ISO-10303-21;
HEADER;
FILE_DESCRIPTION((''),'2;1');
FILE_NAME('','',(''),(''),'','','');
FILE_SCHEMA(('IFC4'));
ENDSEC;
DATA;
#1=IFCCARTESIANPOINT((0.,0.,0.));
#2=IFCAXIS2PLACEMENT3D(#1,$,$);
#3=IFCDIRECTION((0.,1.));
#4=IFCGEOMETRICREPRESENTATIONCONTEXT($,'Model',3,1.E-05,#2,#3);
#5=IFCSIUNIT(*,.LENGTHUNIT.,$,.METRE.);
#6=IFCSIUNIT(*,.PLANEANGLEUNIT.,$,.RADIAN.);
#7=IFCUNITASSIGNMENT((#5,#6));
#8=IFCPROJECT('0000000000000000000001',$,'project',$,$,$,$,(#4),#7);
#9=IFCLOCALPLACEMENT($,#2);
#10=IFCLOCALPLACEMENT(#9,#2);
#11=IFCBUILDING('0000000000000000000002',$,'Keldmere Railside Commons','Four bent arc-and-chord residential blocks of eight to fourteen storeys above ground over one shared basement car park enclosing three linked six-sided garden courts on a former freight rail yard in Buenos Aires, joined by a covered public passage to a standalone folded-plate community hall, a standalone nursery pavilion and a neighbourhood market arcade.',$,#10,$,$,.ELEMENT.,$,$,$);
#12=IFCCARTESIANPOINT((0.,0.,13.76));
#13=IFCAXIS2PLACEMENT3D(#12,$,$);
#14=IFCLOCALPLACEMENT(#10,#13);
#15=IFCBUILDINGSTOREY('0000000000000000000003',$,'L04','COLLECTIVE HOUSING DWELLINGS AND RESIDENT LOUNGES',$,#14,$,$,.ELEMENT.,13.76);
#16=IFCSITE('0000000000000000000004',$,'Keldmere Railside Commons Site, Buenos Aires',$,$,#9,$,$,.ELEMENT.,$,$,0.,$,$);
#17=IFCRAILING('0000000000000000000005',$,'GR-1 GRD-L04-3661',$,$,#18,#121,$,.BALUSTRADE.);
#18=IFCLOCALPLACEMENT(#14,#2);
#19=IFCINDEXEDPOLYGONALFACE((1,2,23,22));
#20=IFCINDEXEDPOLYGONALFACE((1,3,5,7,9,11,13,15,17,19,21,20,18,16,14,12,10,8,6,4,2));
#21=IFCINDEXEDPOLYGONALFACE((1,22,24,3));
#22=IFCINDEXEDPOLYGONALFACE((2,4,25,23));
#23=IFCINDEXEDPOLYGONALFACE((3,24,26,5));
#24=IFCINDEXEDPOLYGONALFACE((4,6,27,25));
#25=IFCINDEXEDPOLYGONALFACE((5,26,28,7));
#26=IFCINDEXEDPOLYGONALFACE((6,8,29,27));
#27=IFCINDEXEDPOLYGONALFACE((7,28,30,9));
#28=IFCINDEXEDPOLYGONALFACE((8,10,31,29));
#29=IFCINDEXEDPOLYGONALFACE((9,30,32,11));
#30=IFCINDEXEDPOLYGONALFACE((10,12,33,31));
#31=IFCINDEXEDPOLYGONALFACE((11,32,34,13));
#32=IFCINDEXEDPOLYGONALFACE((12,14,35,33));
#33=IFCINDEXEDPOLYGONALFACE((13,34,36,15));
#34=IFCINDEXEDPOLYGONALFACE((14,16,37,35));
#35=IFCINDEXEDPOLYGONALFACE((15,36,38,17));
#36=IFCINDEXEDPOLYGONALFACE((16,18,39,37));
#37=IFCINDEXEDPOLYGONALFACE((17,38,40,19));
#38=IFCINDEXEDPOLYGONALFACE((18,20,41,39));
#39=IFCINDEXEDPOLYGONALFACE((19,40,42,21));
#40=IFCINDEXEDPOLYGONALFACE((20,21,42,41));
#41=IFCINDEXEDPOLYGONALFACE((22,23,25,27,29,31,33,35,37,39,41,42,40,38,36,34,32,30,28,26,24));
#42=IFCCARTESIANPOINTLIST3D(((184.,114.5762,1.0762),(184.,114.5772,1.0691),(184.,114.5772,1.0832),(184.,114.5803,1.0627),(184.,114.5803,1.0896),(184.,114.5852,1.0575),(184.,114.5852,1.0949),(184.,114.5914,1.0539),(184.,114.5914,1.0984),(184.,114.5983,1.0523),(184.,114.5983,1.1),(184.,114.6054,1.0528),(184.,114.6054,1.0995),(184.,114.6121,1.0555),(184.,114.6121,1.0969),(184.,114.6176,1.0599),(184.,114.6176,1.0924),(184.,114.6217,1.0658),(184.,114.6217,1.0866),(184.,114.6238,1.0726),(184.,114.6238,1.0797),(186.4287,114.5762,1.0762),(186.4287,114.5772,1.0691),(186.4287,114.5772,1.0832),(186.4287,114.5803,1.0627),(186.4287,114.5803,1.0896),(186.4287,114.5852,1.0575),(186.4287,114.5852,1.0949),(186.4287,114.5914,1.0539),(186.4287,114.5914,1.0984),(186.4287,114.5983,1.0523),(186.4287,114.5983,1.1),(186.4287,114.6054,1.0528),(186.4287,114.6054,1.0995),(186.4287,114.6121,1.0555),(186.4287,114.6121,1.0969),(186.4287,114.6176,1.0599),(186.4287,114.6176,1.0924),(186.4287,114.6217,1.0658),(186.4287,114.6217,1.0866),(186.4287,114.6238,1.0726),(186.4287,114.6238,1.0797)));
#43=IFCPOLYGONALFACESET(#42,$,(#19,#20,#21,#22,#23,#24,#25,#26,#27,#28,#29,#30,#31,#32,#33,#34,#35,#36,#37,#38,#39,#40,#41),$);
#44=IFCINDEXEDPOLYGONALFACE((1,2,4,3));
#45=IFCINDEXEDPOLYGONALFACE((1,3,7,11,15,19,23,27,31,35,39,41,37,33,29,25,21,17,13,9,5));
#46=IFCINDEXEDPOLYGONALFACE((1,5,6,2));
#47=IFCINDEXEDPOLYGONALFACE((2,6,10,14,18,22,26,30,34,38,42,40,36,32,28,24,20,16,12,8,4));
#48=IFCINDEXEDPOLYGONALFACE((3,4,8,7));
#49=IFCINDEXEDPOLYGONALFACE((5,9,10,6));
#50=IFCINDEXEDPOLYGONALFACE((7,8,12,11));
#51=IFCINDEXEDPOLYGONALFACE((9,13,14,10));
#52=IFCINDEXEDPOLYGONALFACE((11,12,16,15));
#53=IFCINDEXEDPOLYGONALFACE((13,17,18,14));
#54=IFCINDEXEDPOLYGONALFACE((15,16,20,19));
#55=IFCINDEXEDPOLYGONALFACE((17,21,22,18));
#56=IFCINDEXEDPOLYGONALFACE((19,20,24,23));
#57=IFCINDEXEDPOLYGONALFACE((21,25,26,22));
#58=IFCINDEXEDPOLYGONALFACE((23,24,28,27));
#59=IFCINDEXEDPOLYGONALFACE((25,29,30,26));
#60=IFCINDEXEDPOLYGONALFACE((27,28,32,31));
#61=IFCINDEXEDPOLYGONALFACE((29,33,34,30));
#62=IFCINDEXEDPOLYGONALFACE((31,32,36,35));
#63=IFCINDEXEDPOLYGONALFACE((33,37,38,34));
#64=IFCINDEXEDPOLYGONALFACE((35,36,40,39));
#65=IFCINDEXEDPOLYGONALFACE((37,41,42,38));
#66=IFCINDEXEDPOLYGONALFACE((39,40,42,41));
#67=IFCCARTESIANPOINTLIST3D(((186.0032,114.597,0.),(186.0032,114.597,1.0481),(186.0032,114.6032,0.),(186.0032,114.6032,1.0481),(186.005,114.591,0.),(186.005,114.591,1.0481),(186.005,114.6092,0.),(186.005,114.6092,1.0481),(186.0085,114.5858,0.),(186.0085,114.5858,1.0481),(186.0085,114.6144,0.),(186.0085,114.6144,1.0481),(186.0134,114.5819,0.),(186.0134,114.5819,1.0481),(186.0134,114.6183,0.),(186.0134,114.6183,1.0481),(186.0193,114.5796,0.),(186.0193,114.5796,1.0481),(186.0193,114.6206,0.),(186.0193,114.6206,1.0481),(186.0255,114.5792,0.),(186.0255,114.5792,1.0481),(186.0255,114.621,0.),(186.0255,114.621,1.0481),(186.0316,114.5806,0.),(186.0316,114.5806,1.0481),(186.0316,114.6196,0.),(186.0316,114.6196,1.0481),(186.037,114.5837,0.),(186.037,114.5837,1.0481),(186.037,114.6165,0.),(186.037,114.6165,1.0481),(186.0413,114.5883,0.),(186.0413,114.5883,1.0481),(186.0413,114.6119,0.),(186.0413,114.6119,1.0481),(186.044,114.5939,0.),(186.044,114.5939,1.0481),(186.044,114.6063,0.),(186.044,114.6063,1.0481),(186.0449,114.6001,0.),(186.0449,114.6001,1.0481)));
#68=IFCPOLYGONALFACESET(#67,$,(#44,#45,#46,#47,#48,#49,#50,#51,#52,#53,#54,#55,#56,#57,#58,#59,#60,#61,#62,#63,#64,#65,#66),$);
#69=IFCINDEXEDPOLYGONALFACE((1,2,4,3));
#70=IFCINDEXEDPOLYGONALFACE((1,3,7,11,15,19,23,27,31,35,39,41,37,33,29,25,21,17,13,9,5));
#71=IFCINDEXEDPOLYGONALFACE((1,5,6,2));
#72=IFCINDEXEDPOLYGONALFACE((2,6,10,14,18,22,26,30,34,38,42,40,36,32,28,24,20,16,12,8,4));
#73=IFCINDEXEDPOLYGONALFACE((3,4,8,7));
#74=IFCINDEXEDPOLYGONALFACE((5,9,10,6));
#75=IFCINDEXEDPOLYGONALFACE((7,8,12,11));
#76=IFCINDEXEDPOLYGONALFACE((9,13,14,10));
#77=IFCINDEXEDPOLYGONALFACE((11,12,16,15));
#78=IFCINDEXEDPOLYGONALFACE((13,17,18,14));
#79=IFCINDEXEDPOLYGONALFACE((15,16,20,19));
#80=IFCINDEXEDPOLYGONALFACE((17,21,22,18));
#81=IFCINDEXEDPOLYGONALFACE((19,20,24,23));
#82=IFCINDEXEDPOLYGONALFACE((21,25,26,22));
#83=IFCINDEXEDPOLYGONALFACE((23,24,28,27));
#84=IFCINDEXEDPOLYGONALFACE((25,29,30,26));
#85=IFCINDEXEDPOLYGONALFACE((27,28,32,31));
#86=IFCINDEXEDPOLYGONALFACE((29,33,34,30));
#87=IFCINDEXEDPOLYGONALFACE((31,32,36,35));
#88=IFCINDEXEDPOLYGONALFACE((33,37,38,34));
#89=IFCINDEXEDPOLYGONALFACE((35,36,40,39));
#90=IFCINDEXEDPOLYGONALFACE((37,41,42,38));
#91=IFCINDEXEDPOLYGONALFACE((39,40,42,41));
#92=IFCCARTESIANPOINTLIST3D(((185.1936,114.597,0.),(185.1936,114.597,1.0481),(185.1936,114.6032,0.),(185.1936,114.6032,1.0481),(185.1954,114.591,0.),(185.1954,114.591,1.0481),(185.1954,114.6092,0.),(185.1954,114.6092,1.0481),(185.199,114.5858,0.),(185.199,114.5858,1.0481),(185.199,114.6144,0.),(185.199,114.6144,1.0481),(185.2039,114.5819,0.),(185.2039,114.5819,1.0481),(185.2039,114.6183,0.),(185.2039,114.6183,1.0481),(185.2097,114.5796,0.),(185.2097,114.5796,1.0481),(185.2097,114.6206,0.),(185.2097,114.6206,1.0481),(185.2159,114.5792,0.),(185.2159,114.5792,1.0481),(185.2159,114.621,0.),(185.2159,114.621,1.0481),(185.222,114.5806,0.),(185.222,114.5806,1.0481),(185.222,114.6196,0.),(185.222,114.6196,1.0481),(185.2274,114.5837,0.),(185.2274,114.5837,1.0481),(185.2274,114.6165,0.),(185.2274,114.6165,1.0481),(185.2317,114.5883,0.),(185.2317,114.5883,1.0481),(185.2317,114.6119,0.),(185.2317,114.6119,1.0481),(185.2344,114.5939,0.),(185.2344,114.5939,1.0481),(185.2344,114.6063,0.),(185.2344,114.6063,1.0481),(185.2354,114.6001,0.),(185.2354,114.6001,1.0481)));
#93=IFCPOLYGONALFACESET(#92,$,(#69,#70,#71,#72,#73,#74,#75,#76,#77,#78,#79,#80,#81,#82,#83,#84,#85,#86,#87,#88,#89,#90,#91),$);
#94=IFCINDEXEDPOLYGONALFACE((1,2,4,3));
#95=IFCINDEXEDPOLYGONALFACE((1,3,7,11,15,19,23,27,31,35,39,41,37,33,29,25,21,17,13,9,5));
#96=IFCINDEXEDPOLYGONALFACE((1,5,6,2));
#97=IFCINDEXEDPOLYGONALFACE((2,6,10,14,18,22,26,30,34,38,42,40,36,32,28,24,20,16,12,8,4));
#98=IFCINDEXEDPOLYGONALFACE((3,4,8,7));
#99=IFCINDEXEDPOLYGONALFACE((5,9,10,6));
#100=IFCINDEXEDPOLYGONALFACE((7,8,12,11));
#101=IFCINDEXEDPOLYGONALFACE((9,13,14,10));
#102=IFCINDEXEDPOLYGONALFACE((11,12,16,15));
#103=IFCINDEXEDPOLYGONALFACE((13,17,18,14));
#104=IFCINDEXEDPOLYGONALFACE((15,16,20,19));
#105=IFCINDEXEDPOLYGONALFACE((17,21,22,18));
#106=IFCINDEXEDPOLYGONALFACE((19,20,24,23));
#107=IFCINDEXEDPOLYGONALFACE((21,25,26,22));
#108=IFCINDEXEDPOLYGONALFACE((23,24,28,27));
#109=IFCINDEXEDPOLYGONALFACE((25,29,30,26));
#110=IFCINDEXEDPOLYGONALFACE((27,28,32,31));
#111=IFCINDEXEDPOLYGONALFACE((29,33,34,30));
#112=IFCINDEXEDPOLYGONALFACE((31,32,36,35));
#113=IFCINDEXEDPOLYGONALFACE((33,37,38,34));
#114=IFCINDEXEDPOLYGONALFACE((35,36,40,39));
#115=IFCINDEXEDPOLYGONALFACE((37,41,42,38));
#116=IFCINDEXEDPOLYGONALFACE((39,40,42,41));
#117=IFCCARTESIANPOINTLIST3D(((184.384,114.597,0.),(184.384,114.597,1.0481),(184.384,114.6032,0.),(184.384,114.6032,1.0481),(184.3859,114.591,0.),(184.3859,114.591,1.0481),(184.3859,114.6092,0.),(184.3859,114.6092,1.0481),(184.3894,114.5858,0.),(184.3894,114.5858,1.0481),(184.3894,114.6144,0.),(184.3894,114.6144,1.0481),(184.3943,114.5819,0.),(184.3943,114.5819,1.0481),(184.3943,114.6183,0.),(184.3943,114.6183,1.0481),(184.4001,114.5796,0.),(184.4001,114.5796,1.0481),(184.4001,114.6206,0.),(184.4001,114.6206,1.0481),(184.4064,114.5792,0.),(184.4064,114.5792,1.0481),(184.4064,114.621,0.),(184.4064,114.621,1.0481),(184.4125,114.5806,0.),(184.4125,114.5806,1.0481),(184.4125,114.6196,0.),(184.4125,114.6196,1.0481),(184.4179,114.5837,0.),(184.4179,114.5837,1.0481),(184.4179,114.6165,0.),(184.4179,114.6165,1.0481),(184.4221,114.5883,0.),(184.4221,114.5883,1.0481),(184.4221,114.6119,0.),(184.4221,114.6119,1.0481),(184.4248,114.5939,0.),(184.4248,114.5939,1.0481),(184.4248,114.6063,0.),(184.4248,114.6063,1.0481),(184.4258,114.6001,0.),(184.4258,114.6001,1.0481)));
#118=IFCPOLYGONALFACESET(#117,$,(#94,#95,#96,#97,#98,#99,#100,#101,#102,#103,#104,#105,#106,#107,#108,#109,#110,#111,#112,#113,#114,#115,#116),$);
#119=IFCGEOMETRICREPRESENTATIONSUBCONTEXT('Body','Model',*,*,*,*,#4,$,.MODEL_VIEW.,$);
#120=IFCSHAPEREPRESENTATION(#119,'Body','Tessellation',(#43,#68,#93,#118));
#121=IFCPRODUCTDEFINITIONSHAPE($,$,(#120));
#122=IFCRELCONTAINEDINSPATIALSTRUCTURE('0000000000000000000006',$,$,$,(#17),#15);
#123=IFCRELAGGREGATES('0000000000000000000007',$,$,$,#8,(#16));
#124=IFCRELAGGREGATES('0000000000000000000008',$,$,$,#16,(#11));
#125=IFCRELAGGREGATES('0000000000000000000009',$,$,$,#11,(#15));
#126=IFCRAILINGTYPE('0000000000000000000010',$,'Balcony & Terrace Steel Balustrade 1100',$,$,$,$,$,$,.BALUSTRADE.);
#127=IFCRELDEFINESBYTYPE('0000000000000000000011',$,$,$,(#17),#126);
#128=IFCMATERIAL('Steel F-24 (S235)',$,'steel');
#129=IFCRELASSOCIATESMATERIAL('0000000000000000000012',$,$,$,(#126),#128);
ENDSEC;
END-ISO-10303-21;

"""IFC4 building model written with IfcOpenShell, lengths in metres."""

from ifc_helpers import new_model, si_unit, direction, frame, origin, origin_2d, place, context, subcontext, project, spatial, circle, extrude, material, type_object, element, save


model = new_model("IFC4")

# Units and contexts
model_context = context("Model", 3, precision=1e-05, world=origin(), true_north=direction((0.0, 1.0)))
body_context = subcontext(model_context, "Body", "Model", "MODEL_VIEW")
ifc_project = project(units=[si_unit("LENGTHUNIT", "METRE"), si_unit("PLANEANGLEUNIT", "RADIAN")], contexts=[model_context])

# Site, building, storey
site_placement = place(None, origin())
site = spatial("IfcSite", under=ifc_project, at=site_placement, Name="Keldmere Railside Commons Site, Buenos Aires", CompositionType="ELEMENT", RefElevation=0.0)
building_placement = place(site_placement, origin())
building = spatial("IfcBuilding", under=site, at=building_placement, Name="Keldmere Railside Commons", Description="Four bent arc-and-chord residential blocks of eight to fourteen storeys above ground over one shared basement car park enclosing three linked six-sided garden courts on a former freight rail yard in Buenos Aires, joined by a covered public passage to a standalone folded-plate community hall, a standalone nursery pavilion and a neighbourhood market arcade.", CompositionType="ELEMENT")
storey_placement = place(building_placement, frame((0.0, 0.0, 13.76)))
storey = spatial("IfcBuildingStorey", under=building, at=storey_placement, Name="L04", Description="COLLECTIVE HOUSING DWELLINGS AND RESIDENT LOUNGES", CompositionType="ELEMENT", Elevation=13.76)

# Railing
ifc_material_1 = material(Name="Steel F-24 (S235)", Category="steel")
railing_type = type_object("IfcRailingType", Name="Balcony & Terrace Steel Balustrade 1100", PredefinedType="BALUSTRADE", material=ifc_material_1)
railing_1_placement = place(storey_placement, frame((186.4287, 114.6001, 0.0)))
element("IfcRailing", 1, at=railing_1_placement, inside=storey, type_object=railing_type, Name="GR-1 GRD-L04-3661", PredefinedType="BALUSTRADE", context=body_context, shape_type="SweptSolid", body=[
    extrude(circle(Radius=0.0239, at=origin_2d()), frame((0.0, 0.0, 1.0762), z_axis=(-1.0, 0.0, 0.0), x_axis=(0.0, -1.0, 0.0)), (0.0, 0.0, 1.0), 2.4287),
    extrude(circle(Radius=0.021, at=origin_2d()), frame((-0.4048, 0.0, 0.0)), (0.0, 0.0, 1.0), 1.0481),
    extrude(circle(Radius=0.021, at=origin_2d()), frame((-1.2144, 0.0, 0.0)), (0.0, 0.0, 1.0), 1.0481),
    extrude(circle(Radius=0.021, at=origin_2d()), frame((-2.0239, 0.0, 0.0)), (0.0, 0.0, 1.0), 1.0481),
])

save(model, "model.ifc")
